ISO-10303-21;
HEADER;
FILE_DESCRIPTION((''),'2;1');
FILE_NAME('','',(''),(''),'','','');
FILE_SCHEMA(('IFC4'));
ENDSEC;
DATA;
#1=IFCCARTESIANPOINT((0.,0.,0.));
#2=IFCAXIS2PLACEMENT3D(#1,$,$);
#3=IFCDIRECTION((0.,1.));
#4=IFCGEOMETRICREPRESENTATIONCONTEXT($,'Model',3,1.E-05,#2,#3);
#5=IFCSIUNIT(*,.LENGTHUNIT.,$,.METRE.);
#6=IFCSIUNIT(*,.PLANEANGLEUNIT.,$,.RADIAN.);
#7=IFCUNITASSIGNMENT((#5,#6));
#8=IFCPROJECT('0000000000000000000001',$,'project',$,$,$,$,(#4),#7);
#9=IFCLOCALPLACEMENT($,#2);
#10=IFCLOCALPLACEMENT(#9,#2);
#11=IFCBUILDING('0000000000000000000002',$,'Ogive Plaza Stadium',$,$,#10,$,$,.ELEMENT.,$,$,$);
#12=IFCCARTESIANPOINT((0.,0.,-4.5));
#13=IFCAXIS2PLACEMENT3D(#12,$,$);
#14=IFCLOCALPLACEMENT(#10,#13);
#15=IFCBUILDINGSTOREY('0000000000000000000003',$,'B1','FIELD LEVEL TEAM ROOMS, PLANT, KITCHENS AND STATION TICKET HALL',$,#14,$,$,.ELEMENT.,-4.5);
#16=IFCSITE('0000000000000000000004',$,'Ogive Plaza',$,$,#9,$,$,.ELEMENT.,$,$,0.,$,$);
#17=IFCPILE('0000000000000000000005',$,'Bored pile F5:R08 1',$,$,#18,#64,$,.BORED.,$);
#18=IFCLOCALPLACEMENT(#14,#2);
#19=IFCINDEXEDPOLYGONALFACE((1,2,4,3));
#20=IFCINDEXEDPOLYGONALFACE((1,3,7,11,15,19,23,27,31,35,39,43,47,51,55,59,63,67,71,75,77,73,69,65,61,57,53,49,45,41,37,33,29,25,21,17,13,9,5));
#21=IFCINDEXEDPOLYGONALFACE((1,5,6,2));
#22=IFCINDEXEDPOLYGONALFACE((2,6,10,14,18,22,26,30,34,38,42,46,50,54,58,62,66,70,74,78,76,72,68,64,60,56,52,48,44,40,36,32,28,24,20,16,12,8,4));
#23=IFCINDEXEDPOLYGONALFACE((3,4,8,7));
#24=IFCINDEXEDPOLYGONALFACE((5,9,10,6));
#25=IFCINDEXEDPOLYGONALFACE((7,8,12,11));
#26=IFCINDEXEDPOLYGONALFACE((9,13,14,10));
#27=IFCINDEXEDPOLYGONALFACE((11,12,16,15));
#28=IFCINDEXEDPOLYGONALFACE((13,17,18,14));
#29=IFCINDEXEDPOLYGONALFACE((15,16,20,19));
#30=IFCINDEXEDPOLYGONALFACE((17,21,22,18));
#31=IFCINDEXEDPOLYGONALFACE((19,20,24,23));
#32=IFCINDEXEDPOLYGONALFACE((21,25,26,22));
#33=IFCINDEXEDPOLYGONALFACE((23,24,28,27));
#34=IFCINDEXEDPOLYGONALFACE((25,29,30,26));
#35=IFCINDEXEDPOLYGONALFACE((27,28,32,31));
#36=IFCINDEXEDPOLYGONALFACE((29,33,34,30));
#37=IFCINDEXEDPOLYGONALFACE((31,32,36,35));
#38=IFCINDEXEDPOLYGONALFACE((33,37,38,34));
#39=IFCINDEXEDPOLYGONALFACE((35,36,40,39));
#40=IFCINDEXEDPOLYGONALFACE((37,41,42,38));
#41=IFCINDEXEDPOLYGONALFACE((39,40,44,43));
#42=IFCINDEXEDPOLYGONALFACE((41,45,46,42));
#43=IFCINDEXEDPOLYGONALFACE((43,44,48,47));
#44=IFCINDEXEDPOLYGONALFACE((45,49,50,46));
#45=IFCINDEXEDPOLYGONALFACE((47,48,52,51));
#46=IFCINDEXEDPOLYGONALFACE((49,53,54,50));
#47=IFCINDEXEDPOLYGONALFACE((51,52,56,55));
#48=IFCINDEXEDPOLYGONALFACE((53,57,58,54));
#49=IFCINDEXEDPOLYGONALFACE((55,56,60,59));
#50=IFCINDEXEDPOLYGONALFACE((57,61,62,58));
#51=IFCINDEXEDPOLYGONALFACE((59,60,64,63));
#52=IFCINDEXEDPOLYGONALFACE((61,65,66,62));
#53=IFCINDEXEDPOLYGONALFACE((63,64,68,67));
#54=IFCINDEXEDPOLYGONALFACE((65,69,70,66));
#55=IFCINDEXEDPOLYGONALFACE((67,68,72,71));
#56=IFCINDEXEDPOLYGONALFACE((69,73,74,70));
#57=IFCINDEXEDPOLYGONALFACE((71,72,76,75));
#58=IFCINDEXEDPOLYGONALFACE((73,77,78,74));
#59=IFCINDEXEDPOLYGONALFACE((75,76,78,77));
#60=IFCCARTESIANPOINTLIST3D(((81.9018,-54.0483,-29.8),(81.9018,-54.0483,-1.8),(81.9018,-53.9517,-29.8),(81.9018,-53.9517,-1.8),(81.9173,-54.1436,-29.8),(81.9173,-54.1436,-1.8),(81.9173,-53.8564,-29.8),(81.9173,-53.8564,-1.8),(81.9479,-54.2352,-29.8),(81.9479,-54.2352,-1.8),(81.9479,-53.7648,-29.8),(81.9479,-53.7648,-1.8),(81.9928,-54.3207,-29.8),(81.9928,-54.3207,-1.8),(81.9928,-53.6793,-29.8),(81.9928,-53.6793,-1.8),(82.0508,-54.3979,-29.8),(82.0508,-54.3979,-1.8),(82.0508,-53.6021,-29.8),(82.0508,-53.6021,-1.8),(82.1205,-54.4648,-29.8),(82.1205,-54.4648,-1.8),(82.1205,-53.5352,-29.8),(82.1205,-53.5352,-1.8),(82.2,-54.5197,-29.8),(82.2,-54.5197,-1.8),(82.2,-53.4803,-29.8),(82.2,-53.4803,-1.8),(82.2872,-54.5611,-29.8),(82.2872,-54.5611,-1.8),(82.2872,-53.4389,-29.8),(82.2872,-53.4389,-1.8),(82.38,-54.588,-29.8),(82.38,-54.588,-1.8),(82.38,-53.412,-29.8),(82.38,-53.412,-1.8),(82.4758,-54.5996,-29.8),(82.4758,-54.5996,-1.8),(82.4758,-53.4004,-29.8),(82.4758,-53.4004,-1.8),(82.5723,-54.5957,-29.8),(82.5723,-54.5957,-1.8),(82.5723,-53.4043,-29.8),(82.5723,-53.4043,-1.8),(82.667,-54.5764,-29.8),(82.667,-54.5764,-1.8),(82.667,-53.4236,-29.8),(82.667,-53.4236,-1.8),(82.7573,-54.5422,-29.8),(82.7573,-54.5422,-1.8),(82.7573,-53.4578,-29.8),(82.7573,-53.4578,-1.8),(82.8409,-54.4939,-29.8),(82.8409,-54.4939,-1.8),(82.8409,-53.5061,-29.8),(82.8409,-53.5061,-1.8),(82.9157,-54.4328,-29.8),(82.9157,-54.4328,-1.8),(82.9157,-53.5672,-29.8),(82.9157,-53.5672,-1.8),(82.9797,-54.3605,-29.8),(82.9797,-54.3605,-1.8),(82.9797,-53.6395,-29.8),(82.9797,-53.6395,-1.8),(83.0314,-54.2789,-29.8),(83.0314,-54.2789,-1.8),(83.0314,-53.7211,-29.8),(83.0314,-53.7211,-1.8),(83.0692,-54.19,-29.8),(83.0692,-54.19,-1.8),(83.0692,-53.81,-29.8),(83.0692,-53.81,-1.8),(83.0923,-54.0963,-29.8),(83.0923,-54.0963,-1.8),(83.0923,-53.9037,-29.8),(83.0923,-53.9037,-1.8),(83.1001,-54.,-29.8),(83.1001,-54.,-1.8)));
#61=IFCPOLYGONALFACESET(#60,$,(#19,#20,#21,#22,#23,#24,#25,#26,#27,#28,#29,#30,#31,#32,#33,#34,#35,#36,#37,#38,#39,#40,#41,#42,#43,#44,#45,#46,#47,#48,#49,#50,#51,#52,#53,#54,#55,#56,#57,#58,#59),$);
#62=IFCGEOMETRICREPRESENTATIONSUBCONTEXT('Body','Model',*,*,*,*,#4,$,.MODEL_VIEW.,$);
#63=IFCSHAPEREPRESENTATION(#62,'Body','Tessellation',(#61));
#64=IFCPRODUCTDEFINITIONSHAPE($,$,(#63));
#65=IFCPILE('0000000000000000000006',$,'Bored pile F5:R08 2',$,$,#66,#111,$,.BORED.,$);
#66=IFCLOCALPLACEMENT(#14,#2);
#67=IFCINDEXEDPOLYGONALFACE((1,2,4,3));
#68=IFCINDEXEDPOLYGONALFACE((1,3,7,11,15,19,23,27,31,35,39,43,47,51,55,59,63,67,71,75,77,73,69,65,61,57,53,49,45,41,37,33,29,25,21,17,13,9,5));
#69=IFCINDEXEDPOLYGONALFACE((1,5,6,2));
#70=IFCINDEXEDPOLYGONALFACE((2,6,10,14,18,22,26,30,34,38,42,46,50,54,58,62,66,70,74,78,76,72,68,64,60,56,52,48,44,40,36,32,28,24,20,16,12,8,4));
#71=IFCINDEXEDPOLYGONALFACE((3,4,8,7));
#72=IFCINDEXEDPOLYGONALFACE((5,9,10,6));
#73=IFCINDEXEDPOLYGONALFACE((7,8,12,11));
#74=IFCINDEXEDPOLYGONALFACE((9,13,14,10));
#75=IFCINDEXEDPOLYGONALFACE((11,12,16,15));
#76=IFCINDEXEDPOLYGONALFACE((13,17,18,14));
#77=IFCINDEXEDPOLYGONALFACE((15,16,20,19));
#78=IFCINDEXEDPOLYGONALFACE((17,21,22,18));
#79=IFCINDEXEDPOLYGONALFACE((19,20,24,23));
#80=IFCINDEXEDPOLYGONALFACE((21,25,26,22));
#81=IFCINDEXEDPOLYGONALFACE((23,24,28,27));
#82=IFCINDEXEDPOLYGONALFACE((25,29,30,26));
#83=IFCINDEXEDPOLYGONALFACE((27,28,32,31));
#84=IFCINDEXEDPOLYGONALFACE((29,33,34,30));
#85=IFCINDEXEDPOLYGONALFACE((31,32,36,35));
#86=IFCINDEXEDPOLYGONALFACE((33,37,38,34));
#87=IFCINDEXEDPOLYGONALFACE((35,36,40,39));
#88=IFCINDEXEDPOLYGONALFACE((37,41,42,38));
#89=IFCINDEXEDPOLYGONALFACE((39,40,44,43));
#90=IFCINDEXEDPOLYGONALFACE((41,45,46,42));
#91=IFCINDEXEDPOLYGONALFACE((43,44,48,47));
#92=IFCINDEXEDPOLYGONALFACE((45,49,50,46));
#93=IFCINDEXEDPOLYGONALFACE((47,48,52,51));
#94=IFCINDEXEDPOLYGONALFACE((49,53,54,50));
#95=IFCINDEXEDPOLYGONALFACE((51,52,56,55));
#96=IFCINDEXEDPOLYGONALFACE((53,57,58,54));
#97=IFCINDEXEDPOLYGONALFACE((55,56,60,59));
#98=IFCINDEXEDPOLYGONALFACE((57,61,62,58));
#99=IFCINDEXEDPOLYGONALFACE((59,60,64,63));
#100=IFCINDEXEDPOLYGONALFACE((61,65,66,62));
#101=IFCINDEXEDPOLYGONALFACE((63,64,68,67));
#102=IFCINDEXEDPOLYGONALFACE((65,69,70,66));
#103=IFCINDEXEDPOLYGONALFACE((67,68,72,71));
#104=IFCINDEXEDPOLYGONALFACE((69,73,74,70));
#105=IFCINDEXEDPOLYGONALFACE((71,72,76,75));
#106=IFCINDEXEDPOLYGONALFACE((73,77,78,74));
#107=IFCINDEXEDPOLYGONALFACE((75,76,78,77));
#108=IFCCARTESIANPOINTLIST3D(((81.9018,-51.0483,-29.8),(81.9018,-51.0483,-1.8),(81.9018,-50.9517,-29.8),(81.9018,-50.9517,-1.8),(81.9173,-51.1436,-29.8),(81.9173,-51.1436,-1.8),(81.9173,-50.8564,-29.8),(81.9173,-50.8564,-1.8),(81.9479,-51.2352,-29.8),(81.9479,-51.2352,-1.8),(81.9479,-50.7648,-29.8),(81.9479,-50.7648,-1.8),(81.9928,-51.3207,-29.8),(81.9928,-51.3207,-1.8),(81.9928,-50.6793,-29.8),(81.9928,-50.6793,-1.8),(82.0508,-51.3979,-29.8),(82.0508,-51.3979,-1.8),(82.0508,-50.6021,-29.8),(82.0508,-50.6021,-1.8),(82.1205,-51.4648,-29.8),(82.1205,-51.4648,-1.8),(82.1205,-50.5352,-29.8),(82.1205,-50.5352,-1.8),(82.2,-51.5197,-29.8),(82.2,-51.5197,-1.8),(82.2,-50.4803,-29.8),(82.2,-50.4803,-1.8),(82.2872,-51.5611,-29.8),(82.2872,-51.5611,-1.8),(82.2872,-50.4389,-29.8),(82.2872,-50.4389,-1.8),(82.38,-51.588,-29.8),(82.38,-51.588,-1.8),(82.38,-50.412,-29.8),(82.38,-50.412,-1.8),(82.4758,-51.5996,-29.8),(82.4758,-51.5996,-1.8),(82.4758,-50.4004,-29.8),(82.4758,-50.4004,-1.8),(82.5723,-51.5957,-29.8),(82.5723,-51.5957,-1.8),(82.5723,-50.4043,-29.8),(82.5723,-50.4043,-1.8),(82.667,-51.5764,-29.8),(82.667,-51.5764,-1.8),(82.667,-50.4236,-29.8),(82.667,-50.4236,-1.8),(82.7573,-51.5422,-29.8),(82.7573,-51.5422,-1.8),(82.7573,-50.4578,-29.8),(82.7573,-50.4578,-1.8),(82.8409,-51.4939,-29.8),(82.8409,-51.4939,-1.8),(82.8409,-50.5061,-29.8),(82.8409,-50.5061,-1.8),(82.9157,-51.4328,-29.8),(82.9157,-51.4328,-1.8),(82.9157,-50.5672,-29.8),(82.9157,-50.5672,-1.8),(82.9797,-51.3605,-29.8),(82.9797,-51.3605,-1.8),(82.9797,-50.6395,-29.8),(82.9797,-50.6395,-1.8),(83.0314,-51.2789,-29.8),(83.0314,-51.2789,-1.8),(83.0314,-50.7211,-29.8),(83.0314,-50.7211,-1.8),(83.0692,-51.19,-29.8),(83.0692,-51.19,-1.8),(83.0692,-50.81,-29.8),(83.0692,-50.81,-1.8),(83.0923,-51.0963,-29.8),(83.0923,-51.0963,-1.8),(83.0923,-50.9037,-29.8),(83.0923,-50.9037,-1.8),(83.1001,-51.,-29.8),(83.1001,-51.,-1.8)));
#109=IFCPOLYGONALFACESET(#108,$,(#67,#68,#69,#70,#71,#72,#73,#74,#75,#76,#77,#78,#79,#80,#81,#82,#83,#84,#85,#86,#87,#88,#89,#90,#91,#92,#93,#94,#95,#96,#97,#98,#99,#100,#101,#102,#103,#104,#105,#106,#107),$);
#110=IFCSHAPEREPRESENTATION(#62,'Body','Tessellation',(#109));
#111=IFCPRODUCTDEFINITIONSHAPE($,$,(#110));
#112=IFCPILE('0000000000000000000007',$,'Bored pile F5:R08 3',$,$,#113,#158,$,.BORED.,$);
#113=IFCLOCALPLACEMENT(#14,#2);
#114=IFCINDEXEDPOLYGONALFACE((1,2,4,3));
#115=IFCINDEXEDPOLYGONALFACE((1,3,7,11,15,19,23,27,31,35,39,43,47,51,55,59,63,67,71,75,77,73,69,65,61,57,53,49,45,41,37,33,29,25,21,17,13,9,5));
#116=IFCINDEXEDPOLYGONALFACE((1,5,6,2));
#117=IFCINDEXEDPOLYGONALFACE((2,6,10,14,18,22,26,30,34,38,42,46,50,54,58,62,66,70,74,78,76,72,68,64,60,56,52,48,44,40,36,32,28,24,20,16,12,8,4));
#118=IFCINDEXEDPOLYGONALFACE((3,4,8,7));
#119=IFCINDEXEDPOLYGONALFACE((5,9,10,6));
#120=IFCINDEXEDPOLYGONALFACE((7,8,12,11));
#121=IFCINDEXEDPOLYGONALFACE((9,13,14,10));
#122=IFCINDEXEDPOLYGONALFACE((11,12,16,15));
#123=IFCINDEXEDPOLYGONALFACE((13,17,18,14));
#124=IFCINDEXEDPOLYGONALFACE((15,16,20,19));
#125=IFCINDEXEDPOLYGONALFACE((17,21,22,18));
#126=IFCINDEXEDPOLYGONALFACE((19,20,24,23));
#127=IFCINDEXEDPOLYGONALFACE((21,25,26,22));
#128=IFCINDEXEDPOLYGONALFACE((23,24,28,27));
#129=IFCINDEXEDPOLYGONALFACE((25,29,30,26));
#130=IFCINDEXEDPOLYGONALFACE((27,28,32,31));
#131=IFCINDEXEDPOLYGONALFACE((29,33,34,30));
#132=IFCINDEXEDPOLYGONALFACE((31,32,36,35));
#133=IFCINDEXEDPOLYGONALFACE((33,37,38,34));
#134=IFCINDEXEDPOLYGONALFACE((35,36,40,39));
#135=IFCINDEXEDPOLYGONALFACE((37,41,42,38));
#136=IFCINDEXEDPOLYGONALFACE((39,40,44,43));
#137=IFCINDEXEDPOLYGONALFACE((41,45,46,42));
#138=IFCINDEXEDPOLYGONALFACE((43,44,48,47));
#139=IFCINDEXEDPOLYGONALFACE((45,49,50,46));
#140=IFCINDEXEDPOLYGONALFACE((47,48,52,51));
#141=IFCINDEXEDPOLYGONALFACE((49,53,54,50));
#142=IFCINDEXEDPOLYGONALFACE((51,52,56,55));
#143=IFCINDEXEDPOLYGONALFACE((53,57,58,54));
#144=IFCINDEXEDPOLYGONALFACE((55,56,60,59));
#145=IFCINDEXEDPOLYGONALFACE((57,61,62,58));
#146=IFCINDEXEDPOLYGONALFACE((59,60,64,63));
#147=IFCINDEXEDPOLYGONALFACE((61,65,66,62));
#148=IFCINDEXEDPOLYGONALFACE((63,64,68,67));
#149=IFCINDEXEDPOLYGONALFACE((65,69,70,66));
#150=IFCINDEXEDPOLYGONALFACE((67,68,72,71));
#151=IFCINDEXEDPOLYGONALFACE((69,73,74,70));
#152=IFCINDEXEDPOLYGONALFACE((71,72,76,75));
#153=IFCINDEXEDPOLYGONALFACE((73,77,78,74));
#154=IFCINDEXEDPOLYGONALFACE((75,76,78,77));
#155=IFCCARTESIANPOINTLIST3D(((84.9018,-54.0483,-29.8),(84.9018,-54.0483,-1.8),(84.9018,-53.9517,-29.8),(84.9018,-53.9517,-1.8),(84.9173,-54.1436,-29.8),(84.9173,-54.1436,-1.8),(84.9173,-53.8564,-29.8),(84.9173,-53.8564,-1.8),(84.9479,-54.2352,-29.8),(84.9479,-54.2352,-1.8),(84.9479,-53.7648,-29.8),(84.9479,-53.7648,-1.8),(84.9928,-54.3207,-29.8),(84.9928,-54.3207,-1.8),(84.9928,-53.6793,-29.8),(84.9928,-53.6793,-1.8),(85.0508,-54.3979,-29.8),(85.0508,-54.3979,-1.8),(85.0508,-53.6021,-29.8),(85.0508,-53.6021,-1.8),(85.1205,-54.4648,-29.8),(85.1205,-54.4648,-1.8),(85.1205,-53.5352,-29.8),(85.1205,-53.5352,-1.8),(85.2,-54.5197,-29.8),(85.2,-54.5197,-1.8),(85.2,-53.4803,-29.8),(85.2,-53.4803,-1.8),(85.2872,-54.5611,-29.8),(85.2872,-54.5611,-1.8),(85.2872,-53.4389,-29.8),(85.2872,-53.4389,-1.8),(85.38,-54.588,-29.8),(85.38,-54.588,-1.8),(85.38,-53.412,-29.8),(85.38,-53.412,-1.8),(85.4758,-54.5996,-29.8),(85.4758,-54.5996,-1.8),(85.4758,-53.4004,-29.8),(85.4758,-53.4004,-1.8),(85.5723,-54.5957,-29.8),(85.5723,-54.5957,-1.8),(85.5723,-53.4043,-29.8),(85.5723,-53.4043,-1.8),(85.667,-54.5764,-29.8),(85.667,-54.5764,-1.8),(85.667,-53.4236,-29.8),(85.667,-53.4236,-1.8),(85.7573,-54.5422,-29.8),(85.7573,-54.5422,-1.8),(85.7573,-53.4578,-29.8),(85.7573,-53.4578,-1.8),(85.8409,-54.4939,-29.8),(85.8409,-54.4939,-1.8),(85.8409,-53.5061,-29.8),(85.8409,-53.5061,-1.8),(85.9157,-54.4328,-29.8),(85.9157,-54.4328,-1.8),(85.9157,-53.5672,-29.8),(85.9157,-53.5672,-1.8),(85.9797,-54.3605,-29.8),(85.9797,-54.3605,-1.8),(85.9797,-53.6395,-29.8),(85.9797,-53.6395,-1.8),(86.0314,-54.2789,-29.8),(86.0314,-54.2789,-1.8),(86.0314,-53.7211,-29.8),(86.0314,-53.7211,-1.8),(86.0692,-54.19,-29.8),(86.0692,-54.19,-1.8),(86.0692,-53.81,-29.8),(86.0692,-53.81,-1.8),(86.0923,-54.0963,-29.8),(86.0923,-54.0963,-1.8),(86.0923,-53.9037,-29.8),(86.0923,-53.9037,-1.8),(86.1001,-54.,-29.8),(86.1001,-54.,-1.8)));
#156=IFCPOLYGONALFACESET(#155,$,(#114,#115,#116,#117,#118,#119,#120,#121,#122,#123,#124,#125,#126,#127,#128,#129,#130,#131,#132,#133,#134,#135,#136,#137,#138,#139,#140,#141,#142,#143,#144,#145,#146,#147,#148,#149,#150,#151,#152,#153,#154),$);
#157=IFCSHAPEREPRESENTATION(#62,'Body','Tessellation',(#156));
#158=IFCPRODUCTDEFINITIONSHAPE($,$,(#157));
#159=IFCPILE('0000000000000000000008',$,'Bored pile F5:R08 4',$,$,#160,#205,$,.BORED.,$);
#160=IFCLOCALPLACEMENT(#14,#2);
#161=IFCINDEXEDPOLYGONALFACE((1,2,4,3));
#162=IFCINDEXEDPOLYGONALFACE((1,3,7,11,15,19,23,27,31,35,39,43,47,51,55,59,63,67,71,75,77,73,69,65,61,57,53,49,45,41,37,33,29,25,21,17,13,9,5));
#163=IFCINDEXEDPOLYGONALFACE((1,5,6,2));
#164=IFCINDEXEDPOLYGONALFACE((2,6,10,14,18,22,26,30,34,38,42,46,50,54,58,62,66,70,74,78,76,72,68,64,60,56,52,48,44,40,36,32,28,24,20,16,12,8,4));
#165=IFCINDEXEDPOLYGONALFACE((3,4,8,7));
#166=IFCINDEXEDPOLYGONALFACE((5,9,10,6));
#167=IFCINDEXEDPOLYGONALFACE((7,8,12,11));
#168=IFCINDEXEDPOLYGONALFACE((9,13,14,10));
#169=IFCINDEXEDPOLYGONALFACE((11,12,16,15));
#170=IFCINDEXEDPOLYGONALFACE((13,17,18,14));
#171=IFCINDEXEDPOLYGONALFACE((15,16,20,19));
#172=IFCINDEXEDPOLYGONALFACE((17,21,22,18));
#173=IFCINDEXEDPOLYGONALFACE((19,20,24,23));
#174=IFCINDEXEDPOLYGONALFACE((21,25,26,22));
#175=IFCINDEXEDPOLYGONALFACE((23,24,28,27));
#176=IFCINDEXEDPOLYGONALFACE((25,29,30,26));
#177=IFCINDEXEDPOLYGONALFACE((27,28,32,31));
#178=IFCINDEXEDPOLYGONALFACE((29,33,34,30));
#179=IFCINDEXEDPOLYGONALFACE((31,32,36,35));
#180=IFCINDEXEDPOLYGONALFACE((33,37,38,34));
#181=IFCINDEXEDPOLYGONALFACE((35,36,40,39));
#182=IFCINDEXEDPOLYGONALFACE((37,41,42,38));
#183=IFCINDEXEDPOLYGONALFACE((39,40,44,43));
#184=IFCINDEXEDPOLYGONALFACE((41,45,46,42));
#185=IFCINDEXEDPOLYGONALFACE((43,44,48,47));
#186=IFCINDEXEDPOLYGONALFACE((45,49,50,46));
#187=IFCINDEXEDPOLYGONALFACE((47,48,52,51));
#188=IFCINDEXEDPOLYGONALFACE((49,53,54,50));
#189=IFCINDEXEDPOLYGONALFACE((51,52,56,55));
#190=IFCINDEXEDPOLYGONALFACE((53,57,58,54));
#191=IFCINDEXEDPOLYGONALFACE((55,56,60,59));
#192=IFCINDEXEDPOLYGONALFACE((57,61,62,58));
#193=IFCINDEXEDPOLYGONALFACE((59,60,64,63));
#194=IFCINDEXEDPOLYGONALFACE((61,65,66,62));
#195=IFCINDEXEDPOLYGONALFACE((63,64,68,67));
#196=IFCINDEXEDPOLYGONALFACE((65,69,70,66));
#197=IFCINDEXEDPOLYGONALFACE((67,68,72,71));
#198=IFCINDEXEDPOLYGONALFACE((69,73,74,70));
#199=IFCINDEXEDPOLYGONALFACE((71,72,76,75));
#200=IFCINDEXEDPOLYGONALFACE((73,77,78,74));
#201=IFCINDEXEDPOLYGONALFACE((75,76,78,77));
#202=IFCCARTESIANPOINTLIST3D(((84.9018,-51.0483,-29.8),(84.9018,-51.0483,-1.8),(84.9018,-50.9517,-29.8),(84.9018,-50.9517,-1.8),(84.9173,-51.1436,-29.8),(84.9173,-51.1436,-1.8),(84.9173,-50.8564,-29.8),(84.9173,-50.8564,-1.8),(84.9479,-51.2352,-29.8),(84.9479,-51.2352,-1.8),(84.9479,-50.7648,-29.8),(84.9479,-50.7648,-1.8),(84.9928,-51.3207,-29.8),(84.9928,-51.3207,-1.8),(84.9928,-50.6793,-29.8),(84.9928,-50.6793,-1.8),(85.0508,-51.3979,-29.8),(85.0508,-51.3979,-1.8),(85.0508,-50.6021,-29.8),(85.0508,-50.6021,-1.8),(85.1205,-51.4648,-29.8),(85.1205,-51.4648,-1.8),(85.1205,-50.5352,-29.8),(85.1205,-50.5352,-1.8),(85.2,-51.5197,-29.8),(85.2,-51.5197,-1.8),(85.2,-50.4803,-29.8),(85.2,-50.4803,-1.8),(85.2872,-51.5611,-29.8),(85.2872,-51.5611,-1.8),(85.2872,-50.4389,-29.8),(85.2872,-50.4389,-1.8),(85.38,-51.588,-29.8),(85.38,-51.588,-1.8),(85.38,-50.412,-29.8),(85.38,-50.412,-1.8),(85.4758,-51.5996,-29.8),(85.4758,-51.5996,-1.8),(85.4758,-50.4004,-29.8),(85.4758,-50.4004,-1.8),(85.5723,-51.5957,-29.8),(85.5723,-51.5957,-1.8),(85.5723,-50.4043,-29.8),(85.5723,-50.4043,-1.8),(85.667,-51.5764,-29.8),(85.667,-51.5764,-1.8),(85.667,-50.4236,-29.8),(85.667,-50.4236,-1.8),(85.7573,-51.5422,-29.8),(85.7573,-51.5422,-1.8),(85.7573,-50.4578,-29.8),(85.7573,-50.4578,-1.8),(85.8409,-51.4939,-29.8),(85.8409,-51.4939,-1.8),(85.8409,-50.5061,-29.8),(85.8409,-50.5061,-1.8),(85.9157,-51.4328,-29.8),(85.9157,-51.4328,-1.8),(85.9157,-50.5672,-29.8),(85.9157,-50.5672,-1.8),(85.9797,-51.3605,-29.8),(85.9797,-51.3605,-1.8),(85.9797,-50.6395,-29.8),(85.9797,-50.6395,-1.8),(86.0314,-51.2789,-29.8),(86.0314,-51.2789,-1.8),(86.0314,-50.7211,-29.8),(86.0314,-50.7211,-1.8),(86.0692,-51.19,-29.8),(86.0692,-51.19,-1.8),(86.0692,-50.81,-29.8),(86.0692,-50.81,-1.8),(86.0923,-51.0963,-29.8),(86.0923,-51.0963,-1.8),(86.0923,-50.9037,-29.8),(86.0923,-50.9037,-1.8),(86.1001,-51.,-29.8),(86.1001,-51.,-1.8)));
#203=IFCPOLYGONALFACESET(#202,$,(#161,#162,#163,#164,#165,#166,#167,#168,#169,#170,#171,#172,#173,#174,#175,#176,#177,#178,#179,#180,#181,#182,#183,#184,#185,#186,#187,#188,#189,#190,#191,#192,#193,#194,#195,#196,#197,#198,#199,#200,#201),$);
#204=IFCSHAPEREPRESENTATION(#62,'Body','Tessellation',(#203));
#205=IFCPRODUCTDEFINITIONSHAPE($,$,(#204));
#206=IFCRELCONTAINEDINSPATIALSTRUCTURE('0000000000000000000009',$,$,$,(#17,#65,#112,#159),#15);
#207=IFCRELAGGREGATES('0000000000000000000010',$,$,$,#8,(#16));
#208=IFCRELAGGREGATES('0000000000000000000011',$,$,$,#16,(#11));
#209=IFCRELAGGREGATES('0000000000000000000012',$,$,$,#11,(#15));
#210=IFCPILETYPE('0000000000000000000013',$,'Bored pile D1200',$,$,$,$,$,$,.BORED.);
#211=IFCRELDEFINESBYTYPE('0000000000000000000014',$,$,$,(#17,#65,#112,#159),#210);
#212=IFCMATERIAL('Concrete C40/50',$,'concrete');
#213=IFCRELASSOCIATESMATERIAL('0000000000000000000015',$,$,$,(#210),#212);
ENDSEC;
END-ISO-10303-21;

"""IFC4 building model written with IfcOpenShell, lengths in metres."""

from ifc_helpers import new_model, si_unit, direction, frame, origin, origin_2d, place, context, subcontext, project, spatial, circle, extrude, material, material_profile, profile_set, type_object, element, save


model = new_model("IFC4")

# Units and contexts
model_context = context("Model", 3, precision=1e-05, world=origin(), true_north=direction((0.0, 1.0)))
body_context = subcontext(model_context, "Body", "Model", "MODEL_VIEW")
ifc_project = project(units=[si_unit("LENGTHUNIT", "METRE"), si_unit("PLANEANGLEUNIT", "RADIAN")], contexts=[model_context])

# Site, building, storey
site_placement = place(None, origin())
site = spatial("IfcSite", under=ifc_project, at=site_placement, Name="Ogive Plaza", CompositionType="ELEMENT", RefElevation=0.0)
building_placement = place(site_placement, origin())
building = spatial("IfcBuilding", under=site, at=building_placement, Name="Ogive Plaza Stadium", CompositionType="ELEMENT")
storey_placement = place(building_placement, frame((0.0, 0.0, -4.5)))
storey = spatial("IfcBuildingStorey", under=building, at=storey_placement, Name="B1", Description="FIELD LEVEL TEAM ROOMS, PLANT, KITCHENS AND STATION TICKET HALL", CompositionType="ELEMENT", Elevation=-4.5)

# Piles
ifc_material_1 = material(Name="Concrete C40/50", Category="concrete")
ifc_material_profile_1 = material_profile(ifc_material_1, circle(Radius=0.6001, at=origin_2d()), Name="RC D1200")
ifc_profile_set_1 = profile_set([ifc_material_profile_1], Name="Concrete C40/50")
pile_type_1 = type_object("IfcPileType", Name="Bored pile D1200", PredefinedType="BORED", material=ifc_profile_set_1)
for number, where, z_axis, x_axis, name in (
    (1, (82.5, -54.0, -1.8), (0.0, 0.0, -1.0), (1.0, 0.0, 0.0), "Bored pile F5:R08 1"),
    (2, (82.5, -51.0, -1.8), (0.0, 0.0, -1.0), (1.0, 0.0, 0.0), "Bored pile F5:R08 2"),
    (3, (85.5, -54.0, -1.8), (0.0, 0.0, -1.0), (1.0, 0.0, 0.0), "Bored pile F5:R08 3"),
    (4, (85.5, -51.0, -1.8), (0.0, 0.0, -1.0), (1.0, 0.0, 0.0), "Bored pile F5:R08 4"),
):
    element("IfcPile", number, at=place(storey_placement, frame(where, z_axis=z_axis, x_axis=x_axis)), inside=storey, type_object=pile_type_1, Name=name, PredefinedType="BORED", context=body_context, shape_type="SweptSolid", body=[
        extrude(circle(Radius=0.6001, at=origin_2d()), origin(), (0.0, 0.0, 1.0), 28.0),
    ])

save(model, "model.ifc")
